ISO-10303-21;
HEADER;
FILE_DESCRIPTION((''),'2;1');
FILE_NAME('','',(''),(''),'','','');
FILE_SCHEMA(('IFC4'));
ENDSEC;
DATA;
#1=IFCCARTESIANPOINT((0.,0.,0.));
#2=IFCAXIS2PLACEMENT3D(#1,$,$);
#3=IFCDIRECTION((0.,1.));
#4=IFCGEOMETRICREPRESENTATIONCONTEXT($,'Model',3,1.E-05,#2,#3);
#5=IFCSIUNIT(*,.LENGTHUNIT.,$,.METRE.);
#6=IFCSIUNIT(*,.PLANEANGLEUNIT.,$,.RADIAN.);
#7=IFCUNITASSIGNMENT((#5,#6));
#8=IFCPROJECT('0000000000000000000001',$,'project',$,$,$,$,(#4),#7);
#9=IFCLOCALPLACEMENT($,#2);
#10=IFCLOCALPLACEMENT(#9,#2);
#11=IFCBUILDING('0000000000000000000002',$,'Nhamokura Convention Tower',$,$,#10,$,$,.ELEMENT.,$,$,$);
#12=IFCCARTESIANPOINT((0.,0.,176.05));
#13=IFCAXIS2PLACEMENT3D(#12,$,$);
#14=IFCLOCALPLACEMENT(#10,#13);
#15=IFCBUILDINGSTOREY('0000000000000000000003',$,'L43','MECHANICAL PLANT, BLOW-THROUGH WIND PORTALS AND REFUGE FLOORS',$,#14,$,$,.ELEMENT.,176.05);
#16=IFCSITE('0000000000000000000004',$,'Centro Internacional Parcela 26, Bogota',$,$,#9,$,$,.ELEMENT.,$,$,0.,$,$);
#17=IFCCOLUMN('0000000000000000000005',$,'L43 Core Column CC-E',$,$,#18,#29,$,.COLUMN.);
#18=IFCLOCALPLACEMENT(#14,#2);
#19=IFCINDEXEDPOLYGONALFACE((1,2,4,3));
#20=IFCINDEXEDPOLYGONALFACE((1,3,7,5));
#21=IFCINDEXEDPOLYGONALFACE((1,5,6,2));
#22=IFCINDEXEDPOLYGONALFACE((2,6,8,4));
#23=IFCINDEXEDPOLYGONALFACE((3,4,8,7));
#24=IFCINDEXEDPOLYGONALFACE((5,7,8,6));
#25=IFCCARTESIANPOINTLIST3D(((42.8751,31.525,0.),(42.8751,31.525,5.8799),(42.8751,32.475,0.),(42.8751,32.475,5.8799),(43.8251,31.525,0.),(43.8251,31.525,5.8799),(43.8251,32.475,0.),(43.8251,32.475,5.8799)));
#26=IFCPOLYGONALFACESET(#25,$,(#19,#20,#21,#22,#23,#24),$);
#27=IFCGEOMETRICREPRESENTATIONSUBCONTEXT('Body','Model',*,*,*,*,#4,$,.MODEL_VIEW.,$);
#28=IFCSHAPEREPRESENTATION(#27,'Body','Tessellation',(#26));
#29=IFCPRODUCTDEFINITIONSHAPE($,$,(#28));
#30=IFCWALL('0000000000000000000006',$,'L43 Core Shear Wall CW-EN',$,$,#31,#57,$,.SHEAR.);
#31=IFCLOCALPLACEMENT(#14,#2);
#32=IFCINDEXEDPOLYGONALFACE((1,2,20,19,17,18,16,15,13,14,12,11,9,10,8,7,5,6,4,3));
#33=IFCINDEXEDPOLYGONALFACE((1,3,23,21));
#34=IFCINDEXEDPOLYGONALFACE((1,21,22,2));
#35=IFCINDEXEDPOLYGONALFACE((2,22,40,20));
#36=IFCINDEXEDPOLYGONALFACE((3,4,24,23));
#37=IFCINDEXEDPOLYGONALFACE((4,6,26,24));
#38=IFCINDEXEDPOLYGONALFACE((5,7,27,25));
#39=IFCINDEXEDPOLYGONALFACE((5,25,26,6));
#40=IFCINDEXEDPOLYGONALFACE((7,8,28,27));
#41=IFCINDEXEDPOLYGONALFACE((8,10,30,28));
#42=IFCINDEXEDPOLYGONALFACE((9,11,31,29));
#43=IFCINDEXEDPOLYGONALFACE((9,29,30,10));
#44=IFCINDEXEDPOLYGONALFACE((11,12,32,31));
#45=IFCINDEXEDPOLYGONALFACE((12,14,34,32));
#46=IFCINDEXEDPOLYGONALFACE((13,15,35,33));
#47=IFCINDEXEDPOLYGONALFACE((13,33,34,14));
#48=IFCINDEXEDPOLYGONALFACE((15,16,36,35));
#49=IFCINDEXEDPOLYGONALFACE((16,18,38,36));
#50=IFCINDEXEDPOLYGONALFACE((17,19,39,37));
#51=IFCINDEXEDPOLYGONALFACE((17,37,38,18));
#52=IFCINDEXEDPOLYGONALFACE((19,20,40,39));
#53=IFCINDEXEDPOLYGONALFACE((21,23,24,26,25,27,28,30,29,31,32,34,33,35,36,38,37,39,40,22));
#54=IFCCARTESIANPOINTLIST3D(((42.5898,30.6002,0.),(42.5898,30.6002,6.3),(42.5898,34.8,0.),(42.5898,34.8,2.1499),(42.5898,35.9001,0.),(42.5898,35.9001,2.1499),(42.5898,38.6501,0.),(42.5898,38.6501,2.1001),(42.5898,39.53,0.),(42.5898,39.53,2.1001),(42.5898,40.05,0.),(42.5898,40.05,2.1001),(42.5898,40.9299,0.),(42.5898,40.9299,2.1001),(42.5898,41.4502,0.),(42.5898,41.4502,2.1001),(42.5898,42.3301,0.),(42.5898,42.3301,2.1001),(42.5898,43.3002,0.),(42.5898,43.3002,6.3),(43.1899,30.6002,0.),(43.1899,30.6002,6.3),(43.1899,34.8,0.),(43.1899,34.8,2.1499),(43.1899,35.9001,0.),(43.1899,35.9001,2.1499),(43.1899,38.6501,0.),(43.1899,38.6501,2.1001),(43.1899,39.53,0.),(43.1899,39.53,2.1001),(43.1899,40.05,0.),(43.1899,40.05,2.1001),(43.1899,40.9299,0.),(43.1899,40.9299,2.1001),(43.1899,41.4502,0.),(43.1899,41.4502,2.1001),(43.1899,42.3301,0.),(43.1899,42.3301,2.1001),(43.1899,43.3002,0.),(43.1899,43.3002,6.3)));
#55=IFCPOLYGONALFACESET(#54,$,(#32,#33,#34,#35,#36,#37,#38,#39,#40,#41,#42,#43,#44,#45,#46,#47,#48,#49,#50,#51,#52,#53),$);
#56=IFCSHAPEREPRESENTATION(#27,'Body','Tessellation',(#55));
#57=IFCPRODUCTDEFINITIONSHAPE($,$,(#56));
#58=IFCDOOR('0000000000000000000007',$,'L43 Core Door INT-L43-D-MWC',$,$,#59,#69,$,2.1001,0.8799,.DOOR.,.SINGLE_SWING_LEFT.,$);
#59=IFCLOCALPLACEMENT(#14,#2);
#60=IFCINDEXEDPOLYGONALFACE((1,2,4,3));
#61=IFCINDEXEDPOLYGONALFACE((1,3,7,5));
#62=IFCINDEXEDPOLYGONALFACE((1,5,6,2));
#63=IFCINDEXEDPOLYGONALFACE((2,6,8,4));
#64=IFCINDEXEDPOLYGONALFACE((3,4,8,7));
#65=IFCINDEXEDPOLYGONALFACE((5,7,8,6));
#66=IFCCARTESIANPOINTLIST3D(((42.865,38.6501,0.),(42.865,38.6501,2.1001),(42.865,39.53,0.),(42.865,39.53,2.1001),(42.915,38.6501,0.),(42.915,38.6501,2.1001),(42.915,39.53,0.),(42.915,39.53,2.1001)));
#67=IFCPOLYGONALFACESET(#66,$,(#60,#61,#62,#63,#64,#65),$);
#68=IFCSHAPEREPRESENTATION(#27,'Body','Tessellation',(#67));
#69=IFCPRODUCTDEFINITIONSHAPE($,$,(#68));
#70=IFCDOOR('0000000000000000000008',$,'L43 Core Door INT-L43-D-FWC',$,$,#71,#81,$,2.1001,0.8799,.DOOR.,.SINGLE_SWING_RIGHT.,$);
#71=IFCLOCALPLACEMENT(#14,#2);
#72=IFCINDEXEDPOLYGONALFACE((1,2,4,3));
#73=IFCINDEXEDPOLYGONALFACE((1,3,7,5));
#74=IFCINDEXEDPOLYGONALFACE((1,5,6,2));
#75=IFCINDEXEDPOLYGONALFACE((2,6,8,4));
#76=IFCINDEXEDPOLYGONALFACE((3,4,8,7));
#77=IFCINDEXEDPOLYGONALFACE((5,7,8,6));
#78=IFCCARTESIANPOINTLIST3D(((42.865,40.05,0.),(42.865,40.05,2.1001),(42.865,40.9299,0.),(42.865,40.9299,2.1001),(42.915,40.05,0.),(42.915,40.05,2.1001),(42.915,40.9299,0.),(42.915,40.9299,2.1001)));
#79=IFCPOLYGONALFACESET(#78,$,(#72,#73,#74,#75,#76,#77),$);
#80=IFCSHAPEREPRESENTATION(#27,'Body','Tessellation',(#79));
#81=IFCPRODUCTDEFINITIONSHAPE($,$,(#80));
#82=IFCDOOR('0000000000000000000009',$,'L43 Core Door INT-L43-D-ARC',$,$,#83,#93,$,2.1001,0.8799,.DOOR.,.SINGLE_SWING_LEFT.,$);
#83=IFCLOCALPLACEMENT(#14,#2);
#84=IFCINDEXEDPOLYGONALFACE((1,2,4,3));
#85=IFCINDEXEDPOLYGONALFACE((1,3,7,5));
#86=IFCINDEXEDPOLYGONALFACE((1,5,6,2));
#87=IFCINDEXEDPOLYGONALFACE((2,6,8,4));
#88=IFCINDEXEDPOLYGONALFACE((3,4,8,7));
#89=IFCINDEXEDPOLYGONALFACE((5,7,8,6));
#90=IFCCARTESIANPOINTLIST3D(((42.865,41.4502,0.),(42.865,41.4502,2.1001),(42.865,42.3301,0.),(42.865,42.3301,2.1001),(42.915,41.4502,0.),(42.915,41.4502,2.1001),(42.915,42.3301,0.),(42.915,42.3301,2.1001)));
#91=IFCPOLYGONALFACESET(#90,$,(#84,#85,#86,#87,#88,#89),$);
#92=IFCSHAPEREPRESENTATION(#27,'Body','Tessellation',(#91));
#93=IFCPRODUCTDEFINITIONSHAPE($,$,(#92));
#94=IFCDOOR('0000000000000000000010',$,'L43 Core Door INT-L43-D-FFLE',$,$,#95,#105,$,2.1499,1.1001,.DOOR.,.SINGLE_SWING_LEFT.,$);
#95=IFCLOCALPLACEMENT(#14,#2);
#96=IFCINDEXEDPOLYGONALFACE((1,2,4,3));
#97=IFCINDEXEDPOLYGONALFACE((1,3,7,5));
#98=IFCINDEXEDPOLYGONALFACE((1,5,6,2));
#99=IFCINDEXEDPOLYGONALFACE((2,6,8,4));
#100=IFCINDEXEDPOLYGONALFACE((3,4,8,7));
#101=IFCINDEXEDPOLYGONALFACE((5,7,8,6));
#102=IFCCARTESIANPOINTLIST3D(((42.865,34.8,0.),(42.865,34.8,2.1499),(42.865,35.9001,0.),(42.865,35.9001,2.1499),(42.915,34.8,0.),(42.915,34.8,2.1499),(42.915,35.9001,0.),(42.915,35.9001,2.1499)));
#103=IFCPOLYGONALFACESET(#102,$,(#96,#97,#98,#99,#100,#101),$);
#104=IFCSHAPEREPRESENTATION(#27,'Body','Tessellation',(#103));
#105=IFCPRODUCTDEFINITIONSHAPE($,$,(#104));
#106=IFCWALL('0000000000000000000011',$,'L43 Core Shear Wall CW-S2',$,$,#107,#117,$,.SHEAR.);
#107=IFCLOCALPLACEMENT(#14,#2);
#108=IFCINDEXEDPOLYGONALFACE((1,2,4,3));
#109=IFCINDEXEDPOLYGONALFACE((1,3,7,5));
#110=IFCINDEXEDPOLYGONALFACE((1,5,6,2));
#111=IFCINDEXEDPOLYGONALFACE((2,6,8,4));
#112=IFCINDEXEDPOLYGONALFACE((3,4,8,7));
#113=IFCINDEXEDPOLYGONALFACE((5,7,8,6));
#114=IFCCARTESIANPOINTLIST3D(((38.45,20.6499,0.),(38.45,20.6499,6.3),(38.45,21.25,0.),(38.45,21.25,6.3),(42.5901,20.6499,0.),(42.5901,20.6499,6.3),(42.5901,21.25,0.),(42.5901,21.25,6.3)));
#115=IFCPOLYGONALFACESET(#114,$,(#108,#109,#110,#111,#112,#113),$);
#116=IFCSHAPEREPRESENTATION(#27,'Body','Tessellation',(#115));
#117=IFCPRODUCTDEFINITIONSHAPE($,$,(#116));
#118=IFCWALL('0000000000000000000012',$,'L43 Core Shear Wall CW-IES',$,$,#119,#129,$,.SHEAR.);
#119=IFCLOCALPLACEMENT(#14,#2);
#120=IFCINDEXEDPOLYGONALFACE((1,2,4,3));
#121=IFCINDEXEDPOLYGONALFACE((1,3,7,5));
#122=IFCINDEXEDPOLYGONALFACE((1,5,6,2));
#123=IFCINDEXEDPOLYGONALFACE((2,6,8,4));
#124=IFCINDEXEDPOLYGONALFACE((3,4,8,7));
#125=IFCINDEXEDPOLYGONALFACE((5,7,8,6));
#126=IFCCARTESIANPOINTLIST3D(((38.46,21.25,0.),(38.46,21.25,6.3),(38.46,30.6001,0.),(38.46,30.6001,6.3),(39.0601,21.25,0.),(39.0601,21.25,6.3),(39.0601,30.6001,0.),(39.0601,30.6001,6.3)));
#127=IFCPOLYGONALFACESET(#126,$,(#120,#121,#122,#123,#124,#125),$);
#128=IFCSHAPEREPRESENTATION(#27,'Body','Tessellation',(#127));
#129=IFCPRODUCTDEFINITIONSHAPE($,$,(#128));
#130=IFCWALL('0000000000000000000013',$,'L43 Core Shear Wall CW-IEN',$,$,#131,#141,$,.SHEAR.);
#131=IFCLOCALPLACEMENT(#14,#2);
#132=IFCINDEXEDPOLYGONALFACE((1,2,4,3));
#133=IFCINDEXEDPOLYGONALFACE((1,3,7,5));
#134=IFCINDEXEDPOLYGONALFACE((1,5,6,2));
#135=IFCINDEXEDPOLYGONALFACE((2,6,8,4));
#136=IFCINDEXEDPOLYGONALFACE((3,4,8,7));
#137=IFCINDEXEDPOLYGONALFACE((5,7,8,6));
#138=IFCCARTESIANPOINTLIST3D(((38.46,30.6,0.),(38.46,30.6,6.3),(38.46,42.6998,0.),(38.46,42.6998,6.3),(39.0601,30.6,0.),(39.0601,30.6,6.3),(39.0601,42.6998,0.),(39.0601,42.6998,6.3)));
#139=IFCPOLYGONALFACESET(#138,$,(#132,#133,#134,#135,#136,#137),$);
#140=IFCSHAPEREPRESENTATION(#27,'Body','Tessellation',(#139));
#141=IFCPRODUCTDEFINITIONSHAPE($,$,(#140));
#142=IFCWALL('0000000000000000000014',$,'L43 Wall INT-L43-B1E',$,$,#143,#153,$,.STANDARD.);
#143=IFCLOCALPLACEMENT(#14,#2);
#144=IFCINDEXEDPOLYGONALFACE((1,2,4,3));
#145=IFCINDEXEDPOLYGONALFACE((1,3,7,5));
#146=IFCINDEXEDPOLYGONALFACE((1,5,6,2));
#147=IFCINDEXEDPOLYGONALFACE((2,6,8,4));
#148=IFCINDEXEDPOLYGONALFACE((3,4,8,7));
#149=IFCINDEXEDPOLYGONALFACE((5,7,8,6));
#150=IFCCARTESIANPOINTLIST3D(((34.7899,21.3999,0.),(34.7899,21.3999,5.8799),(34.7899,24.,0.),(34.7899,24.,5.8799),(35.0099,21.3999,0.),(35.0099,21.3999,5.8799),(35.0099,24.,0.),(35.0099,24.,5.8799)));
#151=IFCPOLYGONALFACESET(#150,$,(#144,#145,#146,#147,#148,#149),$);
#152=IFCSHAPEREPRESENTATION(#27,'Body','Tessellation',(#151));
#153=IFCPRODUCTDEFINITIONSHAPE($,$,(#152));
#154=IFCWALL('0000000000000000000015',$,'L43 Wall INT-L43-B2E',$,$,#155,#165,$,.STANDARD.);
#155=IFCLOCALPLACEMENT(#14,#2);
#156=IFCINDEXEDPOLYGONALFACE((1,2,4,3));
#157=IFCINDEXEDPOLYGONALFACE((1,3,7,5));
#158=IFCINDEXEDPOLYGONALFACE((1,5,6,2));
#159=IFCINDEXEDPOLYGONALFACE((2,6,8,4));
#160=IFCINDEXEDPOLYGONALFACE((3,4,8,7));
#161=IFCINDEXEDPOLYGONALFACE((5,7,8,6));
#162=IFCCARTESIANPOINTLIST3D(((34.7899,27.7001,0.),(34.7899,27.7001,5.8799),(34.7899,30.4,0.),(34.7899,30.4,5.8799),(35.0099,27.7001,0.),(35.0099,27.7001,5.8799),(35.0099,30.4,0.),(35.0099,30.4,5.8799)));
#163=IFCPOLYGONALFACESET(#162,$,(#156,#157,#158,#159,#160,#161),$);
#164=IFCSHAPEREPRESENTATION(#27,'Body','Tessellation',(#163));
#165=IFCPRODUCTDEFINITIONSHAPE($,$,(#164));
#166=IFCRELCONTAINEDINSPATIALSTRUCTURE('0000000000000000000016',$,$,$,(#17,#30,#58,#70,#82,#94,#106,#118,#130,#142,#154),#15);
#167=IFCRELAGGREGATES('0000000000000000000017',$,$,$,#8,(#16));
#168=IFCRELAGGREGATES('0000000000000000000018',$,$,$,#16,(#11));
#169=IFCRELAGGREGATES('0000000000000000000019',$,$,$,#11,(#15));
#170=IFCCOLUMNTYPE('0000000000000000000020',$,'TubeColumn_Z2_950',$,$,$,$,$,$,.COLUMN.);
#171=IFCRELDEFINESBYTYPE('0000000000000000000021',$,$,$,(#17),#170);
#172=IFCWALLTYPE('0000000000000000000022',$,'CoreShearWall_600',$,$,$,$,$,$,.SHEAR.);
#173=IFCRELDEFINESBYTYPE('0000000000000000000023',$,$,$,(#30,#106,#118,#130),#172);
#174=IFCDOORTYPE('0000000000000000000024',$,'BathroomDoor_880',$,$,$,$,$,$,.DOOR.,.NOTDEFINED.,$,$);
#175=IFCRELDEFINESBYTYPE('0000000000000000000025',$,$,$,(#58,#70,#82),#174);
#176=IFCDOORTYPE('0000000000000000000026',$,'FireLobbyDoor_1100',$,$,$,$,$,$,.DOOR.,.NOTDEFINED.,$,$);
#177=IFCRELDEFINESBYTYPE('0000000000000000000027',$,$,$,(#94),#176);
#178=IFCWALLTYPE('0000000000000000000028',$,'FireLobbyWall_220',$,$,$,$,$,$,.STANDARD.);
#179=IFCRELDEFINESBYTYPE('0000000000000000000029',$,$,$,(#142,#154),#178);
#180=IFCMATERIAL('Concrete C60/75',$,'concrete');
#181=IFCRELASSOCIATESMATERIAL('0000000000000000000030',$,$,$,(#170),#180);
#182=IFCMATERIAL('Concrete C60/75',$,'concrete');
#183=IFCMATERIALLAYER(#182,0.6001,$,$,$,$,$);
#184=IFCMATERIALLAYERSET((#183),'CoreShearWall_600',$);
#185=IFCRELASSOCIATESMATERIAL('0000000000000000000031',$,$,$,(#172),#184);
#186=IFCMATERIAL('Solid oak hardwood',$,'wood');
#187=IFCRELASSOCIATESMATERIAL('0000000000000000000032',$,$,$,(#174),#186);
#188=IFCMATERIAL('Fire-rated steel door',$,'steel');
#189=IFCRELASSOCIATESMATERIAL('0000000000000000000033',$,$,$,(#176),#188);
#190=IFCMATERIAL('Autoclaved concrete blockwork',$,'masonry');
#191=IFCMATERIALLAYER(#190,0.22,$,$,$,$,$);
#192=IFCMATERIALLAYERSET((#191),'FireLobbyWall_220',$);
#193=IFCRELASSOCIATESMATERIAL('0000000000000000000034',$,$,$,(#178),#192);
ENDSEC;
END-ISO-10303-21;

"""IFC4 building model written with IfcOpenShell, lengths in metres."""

from ifc_helpers import new_model, si_unit, direction, frame, frame_2d, origin, origin_2d, place, context, subcontext, project, spatial, rectangle, extrude, material, layer, layer_set, material_profile, profile_set, type_object, element, fill, save


model = new_model("IFC4")

# Units and contexts
model_context = context("Model", 3, precision=1e-05, world=origin(), true_north=direction((0.0, 1.0)))
body_context = subcontext(model_context, "Body", "Model", "MODEL_VIEW")
ifc_project = project(units=[si_unit("LENGTHUNIT", "METRE"), si_unit("PLANEANGLEUNIT", "RADIAN")], contexts=[model_context])

# Site, building, storey
site_placement = place(None, origin())
site = spatial("IfcSite", under=ifc_project, at=site_placement, Name="Centro Internacional Parcela 26, Bogota", CompositionType="ELEMENT", RefElevation=0.0)
building_placement = place(site_placement, origin())
building = spatial("IfcBuilding", under=site, at=building_placement, Name="Nhamokura Convention Tower", CompositionType="ELEMENT")
storey_placement = place(building_placement, frame((0.0, 0.0, 176.05)))
storey = spatial("IfcBuildingStorey", under=building, at=storey_placement, Name="L43", Description="MECHANICAL PLANT, BLOW-THROUGH WIND PORTALS AND REFUGE FLOORS", CompositionType="ELEMENT", Elevation=176.05)

# Column
ifc_material_1 = material(Name="Concrete C60/75", Category="concrete")
ifc_material_profile = material_profile(ifc_material_1, rectangle(XDim=0.95, YDim=0.95, at=origin_2d()))
ifc_profile_set = profile_set([ifc_material_profile], Name="Concrete C60/75")
column_type = type_object("IfcColumnType", Name="TubeColumn_Z2_950", PredefinedType="COLUMN", material=ifc_profile_set)
column_placement = place(storey_placement, frame((43.3501, 32.0, 0.0), z_axis=(0.0, 0.0, 1.0), x_axis=(1.0, 0.0, 0.0)))
element("IfcColumn", 1, at=column_placement, inside=storey, type_object=column_type, Name="L43 Core Column CC-E", PredefinedType="COLUMN", context=body_context, shape_type="SweptSolid", body=[
    extrude(rectangle(XDim=0.95, YDim=0.95, at=origin_2d()), origin(), (0.0, 0.0, 1.0), 5.8799),
])

# Wall, openings, doors
ifc_material_2 = material(Name="Concrete C60/75", Category="concrete")
ifc_layer_1 = layer(ifc_material_2, 0.6001)
ifc_layer_set_1 = layer_set([ifc_layer_1], Name="CoreShearWall_600")
wall_type_1 = type_object("IfcWallType", Name="CoreShearWall_600", PredefinedType="SHEAR", material=ifc_layer_set_1)
wall_1_placement = place(storey_placement, frame((42.8899, 30.6001, 0.0), z_axis=(0.0, 0.0, 1.0), x_axis=(0.0, 1.0, 0.0)))
wall_1 = element("IfcWall", 2, at=wall_1_placement, inside=storey, type_object=wall_type_1, Name="L43 Core Shear Wall CW-EN", PredefinedType="SHEAR", context=body_context, shape_type="SweptSolid", body=[
    extrude(rectangle(XDim=12.7, YDim=0.6001, at=frame_2d((6.3501, 0.0))), origin(), (0.0, 0.0, 1.0), 6.3),
])
opening_1_placement = place(wall_1_placement, frame((4.2, 0.0, 0.0)))
opening_1 = element("IfcOpeningElement", 3, at=opening_1_placement, cuts=wall_1, PredefinedType="OPENING", context=body_context, shape_type="SweptSolid", body=[
    extrude(rectangle(XDim=1.1001, YDim=2.1499, at=frame_2d((0.55, 1.075))), frame((0.0, 0.3101, 0.0), z_axis=(0.0, -1.0, 0.0), x_axis=(1.0, 0.0, 0.0)), (0.0, 0.0, 1.0), 0.6201),
])
opening_2_placement = place(wall_1_placement, frame((8.05, 0.0, 0.0)))
opening_2 = element("IfcOpeningElement", 4, at=opening_2_placement, cuts=wall_1, PredefinedType="OPENING", context=body_context, shape_type="SweptSolid", body=[
    extrude(rectangle(XDim=0.8799, YDim=2.1001, at=frame_2d((0.4399, 1.05))), frame((0.0, 0.3101, 0.0), z_axis=(0.0, -1.0, 0.0), x_axis=(1.0, 0.0, 0.0)), (0.0, 0.0, 1.0), 0.6201),
])
opening_3_placement = place(wall_1_placement, frame((9.45, 0.0, 0.0)))
opening_3 = element("IfcOpeningElement", 5, at=opening_3_placement, cuts=wall_1, PredefinedType="OPENING", context=body_context, shape_type="SweptSolid", body=[
    extrude(rectangle(XDim=0.8799, YDim=2.1001, at=frame_2d((0.4399, 1.05))), frame((0.0, 0.3101, 0.0), z_axis=(0.0, -1.0, 0.0), x_axis=(1.0, 0.0, 0.0)), (0.0, 0.0, 1.0), 0.6201),
])
opening_4_placement = place(wall_1_placement, frame((10.8501, 0.0, 0.0)))
opening_4 = element("IfcOpeningElement", 6, at=opening_4_placement, cuts=wall_1, PredefinedType="OPENING", context=body_context, shape_type="SweptSolid", body=[
    extrude(rectangle(XDim=0.8799, YDim=2.1001, at=frame_2d((0.4399, 1.05))), frame((0.0, 0.3101, 0.0), z_axis=(0.0, -1.0, 0.0), x_axis=(1.0, 0.0, 0.0)), (0.0, 0.0, 1.0), 0.6201),
])
ifc_material_3 = material(Name="Solid oak hardwood", Category="wood")
door_type_1 = type_object("IfcDoorType", Name="BathroomDoor_880", OperationType="NOTDEFINED", PredefinedType="DOOR", material=ifc_material_3)
door_1_placement = place(opening_2_placement, origin())
door_1 = element("IfcDoor", 7, at=door_1_placement, inside=storey, type_object=door_type_1, Name="L43 Core Door INT-L43-D-MWC", OperationType="SINGLE_SWING_LEFT", OverallHeight=2.1001, OverallWidth=0.8799, PredefinedType="DOOR", context=body_context, shape_type="SweptSolid", body=[
    extrude(rectangle(XDim=0.8799, YDim=2.1001, at=frame_2d((0.4399, 1.05))), frame((0.0, 0.0249, 0.0), z_axis=(0.0, -1.0, 0.0), x_axis=(1.0, 0.0, 0.0)), (0.0, 0.0, 1.0), 0.05),
])
fill(opening_2, door_1)
door_2_placement = place(opening_3_placement, origin())
door_2 = element("IfcDoor", 8, at=door_2_placement, inside=storey, type_object=door_type_1, Name="L43 Core Door INT-L43-D-FWC", OperationType="SINGLE_SWING_RIGHT", OverallHeight=2.1001, OverallWidth=0.8799, PredefinedType="DOOR", context=body_context, shape_type="SweptSolid", body=[
    extrude(rectangle(XDim=0.8799, YDim=2.1001, at=frame_2d((0.4399, 1.05))), frame((0.0, 0.0249, 0.0), z_axis=(0.0, -1.0, 0.0), x_axis=(1.0, 0.0, 0.0)), (0.0, 0.0, 1.0), 0.05),
])
fill(opening_3, door_2)
door_3_placement = place(opening_4_placement, origin())
door_3 = element("IfcDoor", 9, at=door_3_placement, inside=storey, type_object=door_type_1, Name="L43 Core Door INT-L43-D-ARC", OperationType="SINGLE_SWING_LEFT", OverallHeight=2.1001, OverallWidth=0.8799, PredefinedType="DOOR", context=body_context, shape_type="SweptSolid", body=[
    extrude(rectangle(XDim=0.8799, YDim=2.1001, at=frame_2d((0.4399, 1.05))), frame((0.0, 0.0249, 0.0), z_axis=(0.0, -1.0, 0.0), x_axis=(1.0, 0.0, 0.0)), (0.0, 0.0, 1.0), 0.05),
])
fill(opening_4, door_3)
ifc_material_4 = material(Name="Fire-rated steel door", Category="steel")
door_type_2 = type_object("IfcDoorType", Name="FireLobbyDoor_1100", OperationType="NOTDEFINED", PredefinedType="DOOR", material=ifc_material_4)
door_4_placement = place(opening_1_placement, origin())
door_4 = element("IfcDoor", 10, at=door_4_placement, inside=storey, type_object=door_type_2, Name="L43 Core Door INT-L43-D-FFLE", OperationType="SINGLE_SWING_LEFT", OverallHeight=2.1499, OverallWidth=1.1001, PredefinedType="DOOR", context=body_context, shape_type="SweptSolid", body=[
    extrude(rectangle(XDim=1.1001, YDim=2.1499, at=frame_2d((0.55, 1.075))), frame((0.0, 0.0249, 0.0), z_axis=(0.0, -1.0, 0.0), x_axis=(1.0, 0.0, 0.0)), (0.0, 0.0, 1.0), 0.05),
])
fill(opening_1, door_4)

# Walls
wall_2_placement = place(storey_placement, frame((38.45, 20.95, 0.0), z_axis=(0.0, 0.0, 1.0), x_axis=(1.0, 0.0, 0.0)))
element("IfcWall", 11, at=wall_2_placement, inside=storey, type_object=wall_type_1, Name="L43 Core Shear Wall CW-S2", PredefinedType="SHEAR", context=body_context, shape_type="SweptSolid", body=[
    extrude(rectangle(XDim=4.1401, YDim=0.6001, at=frame_2d((2.0701, 0.0))), origin(), (0.0, 0.0, 1.0), 6.3),
])
wall_3_placement = place(storey_placement, frame((38.76, 21.25, 0.0), z_axis=(0.0, 0.0, 1.0), x_axis=(0.0, 1.0, 0.0)))
element("IfcWall", 12, at=wall_3_placement, inside=storey, type_object=wall_type_1, Name="L43 Core Shear Wall CW-IES", PredefinedType="SHEAR", context=body_context, shape_type="SweptSolid", body=[
    extrude(rectangle(XDim=9.3501, YDim=0.6001, at=frame_2d((4.675, 0.0))), origin(), (0.0, 0.0, 1.0), 6.3),
])
wall_4_placement = place(storey_placement, frame((38.76, 30.6001, 0.0), z_axis=(0.0, 0.0, 1.0), x_axis=(0.0, 1.0, 0.0)))
element("IfcWall", 13, at=wall_4_placement, inside=storey, type_object=wall_type_1, Name="L43 Core Shear Wall CW-IEN", PredefinedType="SHEAR", context=body_context, shape_type="SweptSolid", body=[
    extrude(rectangle(XDim=12.0999, YDim=0.6001, at=frame_2d((6.0498, 0.0))), origin(), (0.0, 0.0, 1.0), 6.3),
])

# Shared definitions
ifc_material_5 = material(Name="Autoclaved concrete blockwork", Category="masonry")
ifc_layer_2 = layer(ifc_material_5, 0.22)
ifc_layer_set_2 = layer_set([ifc_layer_2], Name="FireLobbyWall_220")
wall_type_2 = type_object("IfcWallType", Name="FireLobbyWall_220", PredefinedType="STANDARD", material=ifc_layer_set_2)

# Walls
wall_5_placement = place(storey_placement, frame((34.8999, 21.3999, 0.0), z_axis=(0.0, 0.0, 1.0), x_axis=(0.0, 1.0, 0.0)))
element("IfcWall", 14, at=wall_5_placement, inside=storey, type_object=wall_type_2, Name="L43 Wall INT-L43-B1E", PredefinedType="STANDARD", context=body_context, shape_type="SweptSolid", body=[
    extrude(rectangle(XDim=2.6001, YDim=0.22, at=frame_2d((1.3, 0.0))), origin(), (0.0, 0.0, 1.0), 5.8799),
])
wall_6_placement = place(storey_placement, frame((34.8999, 27.7, 0.0), z_axis=(0.0, 0.0, 1.0), x_axis=(0.0, 1.0, 0.0)))
element("IfcWall", 15, at=wall_6_placement, inside=storey, type_object=wall_type_2, Name="L43 Wall INT-L43-B2E", PredefinedType="STANDARD", context=body_context, shape_type="SweptSolid", body=[
    extrude(rectangle(XDim=2.7, YDim=0.22, at=frame_2d((1.3501, 0.0))), origin(), (0.0, 0.0, 1.0), 5.8799),
])

save(model, "model.ifc")
